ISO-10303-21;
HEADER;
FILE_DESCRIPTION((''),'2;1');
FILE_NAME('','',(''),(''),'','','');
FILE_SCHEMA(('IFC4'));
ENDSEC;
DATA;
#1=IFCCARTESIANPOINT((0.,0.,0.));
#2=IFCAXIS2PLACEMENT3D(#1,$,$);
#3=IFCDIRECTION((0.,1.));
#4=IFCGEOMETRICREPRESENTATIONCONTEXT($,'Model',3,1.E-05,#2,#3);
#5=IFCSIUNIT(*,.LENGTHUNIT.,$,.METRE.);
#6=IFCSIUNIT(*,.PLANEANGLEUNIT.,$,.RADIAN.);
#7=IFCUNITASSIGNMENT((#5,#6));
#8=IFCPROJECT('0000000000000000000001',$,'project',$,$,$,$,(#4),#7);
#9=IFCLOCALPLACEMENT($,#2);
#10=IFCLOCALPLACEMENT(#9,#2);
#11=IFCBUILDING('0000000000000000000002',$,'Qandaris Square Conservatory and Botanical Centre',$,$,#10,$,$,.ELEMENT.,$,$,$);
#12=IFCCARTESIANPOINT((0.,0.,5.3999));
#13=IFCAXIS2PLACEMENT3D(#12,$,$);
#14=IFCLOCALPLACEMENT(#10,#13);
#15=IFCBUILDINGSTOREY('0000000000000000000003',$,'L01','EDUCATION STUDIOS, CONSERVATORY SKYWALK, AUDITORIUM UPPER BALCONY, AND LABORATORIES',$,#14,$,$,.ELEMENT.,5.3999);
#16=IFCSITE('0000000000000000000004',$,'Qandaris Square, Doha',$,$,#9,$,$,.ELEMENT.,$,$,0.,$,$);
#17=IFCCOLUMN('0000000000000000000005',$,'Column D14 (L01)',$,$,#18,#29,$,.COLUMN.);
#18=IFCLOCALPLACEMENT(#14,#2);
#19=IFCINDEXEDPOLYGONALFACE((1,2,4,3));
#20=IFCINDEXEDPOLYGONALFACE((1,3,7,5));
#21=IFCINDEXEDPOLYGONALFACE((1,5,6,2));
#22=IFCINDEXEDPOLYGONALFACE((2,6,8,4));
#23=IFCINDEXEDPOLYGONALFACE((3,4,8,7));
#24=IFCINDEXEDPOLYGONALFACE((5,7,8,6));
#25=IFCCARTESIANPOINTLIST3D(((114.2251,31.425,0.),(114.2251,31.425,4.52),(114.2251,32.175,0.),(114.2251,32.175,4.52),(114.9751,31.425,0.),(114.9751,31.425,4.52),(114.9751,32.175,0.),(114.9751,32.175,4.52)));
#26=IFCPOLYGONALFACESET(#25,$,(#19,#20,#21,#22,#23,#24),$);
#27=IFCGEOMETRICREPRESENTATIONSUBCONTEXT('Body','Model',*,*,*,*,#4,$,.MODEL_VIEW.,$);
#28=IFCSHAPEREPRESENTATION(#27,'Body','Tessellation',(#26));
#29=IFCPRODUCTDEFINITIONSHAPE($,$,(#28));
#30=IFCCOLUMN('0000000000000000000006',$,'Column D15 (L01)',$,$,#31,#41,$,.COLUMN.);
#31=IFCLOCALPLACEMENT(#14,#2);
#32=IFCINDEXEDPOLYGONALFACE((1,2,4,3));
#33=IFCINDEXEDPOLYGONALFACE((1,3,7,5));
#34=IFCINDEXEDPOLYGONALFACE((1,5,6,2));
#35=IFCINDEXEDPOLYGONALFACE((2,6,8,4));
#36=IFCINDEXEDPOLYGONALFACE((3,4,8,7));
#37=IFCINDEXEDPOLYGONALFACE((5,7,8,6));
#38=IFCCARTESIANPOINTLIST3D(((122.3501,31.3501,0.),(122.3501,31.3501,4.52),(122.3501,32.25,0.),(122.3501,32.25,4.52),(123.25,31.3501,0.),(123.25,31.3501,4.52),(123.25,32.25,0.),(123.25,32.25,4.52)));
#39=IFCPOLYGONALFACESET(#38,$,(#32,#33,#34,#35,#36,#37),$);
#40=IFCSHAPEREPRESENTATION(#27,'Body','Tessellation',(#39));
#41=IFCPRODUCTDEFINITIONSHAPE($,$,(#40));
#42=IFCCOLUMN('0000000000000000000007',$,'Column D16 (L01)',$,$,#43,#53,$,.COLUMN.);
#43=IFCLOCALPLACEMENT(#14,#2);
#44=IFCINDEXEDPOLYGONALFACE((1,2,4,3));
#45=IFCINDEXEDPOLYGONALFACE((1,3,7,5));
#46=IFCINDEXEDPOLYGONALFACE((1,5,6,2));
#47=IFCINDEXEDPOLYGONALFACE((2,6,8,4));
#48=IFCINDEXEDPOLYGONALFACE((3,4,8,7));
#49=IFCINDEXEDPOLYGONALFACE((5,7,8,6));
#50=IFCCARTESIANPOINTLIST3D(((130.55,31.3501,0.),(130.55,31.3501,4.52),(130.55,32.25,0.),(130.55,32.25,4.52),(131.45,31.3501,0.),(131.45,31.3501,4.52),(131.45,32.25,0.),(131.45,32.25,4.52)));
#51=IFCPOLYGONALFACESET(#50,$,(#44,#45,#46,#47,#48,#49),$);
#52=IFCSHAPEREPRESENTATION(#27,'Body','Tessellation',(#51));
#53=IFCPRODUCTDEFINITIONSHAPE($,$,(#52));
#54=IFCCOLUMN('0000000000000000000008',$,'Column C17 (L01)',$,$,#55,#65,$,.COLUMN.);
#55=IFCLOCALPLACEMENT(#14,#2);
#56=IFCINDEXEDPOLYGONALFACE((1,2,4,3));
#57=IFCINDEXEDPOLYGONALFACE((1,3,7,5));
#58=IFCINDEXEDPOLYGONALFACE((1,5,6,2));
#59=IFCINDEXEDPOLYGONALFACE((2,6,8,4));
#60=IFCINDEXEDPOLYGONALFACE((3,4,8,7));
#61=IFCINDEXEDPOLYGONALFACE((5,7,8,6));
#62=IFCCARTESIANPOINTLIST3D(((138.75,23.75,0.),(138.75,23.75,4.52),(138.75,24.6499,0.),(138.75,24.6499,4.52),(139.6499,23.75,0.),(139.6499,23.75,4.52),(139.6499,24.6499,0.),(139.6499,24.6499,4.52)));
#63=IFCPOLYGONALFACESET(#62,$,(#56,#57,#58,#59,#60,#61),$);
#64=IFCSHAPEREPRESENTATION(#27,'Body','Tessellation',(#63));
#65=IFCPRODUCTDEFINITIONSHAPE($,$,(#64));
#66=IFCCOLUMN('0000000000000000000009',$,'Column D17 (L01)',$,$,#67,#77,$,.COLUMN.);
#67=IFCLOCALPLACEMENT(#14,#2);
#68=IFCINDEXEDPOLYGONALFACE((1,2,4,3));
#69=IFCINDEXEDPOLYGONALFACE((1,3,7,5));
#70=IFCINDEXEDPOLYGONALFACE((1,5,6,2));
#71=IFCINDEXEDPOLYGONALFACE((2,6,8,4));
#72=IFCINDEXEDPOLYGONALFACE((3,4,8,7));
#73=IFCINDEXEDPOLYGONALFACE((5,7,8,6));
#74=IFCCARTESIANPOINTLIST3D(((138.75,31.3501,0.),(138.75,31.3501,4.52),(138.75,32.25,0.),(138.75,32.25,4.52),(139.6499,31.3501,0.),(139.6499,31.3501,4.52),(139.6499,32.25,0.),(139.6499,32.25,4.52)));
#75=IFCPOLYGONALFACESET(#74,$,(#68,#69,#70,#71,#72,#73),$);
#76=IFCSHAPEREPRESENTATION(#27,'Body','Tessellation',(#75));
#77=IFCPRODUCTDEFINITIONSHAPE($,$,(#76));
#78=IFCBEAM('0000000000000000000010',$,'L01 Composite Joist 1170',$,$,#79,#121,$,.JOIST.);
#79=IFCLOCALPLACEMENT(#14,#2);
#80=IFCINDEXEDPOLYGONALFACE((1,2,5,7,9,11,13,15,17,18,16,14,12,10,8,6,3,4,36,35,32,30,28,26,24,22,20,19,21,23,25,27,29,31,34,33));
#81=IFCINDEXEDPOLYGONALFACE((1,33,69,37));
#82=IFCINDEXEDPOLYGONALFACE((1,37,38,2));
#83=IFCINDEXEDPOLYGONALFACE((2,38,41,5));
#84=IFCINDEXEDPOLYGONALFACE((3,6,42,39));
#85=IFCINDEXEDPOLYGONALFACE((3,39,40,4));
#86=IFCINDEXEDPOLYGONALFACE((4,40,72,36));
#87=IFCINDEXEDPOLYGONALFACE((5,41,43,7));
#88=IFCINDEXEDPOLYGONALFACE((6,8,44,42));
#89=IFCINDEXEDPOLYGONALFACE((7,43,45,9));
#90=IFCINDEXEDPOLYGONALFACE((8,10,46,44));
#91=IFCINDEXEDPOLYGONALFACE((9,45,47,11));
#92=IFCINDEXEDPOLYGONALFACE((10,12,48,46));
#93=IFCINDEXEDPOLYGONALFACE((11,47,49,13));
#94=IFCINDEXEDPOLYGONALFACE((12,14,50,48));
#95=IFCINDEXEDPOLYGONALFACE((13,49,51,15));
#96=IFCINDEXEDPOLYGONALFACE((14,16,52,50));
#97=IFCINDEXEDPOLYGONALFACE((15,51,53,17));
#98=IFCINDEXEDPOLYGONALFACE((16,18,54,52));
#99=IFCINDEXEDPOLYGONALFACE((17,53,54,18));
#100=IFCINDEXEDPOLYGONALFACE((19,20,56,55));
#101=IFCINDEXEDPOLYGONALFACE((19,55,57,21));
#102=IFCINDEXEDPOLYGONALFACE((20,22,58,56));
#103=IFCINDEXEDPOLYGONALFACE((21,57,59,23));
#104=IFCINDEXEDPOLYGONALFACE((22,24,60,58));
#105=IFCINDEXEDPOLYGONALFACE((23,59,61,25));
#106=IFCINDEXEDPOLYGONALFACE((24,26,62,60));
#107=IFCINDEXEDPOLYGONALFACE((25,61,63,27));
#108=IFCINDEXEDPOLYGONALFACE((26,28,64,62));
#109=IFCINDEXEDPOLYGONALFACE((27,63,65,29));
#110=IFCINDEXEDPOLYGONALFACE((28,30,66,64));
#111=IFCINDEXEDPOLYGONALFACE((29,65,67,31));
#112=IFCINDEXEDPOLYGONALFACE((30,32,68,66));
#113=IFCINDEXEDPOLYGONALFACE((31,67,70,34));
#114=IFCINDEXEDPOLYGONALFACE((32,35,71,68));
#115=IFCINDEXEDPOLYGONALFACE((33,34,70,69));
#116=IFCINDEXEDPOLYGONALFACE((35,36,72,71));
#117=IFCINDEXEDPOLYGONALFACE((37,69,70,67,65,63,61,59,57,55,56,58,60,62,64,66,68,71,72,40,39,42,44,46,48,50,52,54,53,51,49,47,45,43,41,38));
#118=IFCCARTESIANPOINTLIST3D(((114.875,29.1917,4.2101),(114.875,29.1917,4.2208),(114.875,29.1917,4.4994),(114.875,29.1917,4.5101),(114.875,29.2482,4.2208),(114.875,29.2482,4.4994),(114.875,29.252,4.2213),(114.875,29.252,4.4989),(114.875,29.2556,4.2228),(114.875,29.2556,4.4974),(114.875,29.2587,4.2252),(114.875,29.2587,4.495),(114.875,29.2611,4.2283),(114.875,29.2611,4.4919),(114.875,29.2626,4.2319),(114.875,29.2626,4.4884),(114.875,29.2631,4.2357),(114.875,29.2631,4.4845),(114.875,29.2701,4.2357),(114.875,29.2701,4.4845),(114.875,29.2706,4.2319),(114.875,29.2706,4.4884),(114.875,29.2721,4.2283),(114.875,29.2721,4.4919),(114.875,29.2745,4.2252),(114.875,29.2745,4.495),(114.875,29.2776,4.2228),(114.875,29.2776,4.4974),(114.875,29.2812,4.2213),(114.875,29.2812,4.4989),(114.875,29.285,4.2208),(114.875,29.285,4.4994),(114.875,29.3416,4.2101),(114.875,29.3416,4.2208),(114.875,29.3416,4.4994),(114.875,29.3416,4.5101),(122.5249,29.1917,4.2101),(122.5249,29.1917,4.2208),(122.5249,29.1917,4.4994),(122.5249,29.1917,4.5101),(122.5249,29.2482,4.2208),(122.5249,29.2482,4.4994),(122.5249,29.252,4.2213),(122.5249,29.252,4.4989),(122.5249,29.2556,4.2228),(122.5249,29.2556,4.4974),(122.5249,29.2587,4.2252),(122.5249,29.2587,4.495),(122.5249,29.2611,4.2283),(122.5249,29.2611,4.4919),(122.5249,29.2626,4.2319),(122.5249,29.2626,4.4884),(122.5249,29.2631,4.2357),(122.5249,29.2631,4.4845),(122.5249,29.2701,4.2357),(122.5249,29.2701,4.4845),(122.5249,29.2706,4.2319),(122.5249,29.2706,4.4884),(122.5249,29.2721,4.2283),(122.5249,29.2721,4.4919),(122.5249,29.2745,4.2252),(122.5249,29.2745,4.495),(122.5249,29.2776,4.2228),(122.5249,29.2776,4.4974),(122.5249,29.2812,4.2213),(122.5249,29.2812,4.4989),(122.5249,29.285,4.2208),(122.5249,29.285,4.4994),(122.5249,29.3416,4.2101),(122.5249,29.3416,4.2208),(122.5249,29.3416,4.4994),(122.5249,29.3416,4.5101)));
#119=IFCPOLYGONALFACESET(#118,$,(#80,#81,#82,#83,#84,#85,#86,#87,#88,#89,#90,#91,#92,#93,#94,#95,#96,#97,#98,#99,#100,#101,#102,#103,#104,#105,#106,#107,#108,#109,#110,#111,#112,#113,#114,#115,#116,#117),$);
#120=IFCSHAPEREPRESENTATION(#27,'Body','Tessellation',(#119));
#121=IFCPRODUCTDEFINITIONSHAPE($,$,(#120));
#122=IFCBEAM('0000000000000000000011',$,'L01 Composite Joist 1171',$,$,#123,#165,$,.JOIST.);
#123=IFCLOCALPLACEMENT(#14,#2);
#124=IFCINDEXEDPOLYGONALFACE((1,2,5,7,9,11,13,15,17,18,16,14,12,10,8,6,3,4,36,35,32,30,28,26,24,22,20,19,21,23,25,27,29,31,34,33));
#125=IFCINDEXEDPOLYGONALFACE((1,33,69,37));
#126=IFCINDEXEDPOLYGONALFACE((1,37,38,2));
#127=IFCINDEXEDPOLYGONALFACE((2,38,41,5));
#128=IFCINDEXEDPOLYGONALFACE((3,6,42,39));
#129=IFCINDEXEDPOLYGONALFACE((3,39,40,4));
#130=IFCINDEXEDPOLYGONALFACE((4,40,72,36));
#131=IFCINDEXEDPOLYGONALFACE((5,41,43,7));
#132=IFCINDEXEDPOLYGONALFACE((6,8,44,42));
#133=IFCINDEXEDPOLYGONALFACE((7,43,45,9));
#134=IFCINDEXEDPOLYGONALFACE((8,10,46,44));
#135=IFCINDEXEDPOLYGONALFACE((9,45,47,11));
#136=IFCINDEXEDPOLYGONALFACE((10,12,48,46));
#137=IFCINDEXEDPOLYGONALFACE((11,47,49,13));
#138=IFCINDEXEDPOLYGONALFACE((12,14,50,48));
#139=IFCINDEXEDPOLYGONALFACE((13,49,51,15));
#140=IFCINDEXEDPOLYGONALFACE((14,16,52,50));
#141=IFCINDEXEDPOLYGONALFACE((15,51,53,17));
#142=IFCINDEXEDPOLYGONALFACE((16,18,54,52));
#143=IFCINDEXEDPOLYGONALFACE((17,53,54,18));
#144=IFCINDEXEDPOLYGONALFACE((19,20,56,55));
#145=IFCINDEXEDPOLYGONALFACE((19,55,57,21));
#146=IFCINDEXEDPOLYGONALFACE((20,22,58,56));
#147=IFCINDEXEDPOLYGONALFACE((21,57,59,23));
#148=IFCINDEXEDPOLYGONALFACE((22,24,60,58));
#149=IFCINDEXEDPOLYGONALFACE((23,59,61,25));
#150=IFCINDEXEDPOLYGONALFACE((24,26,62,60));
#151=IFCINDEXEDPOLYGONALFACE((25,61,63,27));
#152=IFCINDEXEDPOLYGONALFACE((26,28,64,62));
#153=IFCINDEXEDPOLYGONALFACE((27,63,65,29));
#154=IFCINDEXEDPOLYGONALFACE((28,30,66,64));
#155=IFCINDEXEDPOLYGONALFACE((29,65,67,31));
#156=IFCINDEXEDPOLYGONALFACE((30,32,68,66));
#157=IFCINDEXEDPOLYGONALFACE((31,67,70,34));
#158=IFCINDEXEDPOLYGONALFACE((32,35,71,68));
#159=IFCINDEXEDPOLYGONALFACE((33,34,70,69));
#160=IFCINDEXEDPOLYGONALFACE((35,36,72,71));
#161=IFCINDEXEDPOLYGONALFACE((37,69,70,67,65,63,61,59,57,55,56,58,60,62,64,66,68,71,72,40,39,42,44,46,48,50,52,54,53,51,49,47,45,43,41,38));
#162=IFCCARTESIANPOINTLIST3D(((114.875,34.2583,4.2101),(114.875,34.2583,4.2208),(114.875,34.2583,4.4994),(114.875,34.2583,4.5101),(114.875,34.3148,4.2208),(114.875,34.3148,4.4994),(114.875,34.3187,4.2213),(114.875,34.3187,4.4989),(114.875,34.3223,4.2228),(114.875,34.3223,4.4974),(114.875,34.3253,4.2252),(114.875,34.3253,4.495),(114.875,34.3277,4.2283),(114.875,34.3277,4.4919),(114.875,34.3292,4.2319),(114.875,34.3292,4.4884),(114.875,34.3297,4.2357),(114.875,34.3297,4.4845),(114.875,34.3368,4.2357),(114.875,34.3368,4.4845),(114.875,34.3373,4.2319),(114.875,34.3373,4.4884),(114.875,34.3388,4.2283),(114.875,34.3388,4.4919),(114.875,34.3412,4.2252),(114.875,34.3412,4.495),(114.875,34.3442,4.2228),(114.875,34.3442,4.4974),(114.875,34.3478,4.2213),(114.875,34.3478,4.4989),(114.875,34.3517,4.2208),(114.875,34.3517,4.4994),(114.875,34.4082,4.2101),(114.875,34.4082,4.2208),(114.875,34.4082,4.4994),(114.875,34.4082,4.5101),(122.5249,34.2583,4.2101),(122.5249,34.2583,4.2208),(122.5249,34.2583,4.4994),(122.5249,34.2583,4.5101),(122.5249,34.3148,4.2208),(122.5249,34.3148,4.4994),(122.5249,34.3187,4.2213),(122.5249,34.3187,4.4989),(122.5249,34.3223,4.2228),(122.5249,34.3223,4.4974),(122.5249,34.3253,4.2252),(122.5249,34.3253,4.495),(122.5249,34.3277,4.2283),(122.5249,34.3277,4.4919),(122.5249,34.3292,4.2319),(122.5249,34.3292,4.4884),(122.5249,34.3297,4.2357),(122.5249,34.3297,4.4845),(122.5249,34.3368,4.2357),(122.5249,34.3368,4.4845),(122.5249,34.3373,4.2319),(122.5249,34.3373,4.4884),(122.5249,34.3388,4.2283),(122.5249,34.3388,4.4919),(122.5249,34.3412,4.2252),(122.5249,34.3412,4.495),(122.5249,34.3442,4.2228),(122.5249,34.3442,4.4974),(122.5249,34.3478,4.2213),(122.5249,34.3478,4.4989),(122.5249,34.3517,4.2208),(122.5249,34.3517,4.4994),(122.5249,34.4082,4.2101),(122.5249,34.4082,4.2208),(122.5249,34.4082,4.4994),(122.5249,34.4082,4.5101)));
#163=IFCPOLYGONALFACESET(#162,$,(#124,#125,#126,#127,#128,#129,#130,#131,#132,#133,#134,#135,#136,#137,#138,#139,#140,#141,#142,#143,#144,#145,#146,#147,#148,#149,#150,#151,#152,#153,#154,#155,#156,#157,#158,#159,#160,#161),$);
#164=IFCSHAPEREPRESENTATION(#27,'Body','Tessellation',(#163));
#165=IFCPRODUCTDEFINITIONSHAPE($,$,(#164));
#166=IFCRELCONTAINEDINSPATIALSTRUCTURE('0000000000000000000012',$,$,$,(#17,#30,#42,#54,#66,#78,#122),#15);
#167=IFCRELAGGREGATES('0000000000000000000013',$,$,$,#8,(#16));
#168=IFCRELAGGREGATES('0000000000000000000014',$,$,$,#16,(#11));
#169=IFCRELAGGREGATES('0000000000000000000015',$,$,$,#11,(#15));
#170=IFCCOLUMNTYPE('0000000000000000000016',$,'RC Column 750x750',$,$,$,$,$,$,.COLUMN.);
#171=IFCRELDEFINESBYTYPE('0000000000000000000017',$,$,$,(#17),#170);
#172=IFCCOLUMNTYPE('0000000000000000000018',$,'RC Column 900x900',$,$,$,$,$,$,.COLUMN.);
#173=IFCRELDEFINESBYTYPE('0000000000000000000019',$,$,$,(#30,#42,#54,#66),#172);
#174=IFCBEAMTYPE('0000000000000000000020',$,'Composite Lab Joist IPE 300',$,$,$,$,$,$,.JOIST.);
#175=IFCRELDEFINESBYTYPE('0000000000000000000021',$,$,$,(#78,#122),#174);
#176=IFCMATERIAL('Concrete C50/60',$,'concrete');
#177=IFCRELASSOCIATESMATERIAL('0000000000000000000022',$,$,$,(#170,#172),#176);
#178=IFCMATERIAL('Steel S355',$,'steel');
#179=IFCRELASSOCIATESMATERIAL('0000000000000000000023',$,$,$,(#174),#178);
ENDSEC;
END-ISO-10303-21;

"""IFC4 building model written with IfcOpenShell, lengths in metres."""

from ifc_helpers import new_model, si_unit, direction, frame, origin, origin_2d, place, context, subcontext, project, spatial, rectangle, i_section, extrude, material, material_profile, profile_set, type_object, element, save


model = new_model("IFC4")

# Units and contexts
model_context = context("Model", 3, precision=1e-05, world=origin(), true_north=direction((0.0, 1.0)))
body_context = subcontext(model_context, "Body", "Model", "MODEL_VIEW")
ifc_project = project(units=[si_unit("LENGTHUNIT", "METRE"), si_unit("PLANEANGLEUNIT", "RADIAN")], contexts=[model_context])

# Site, building, storey
site_placement = place(None, origin())
site = spatial("IfcSite", under=ifc_project, at=site_placement, Name="Qandaris Square, Doha", CompositionType="ELEMENT", RefElevation=0.0)
building_placement = place(site_placement, origin())
building = spatial("IfcBuilding", under=site, at=building_placement, Name="Qandaris Square Conservatory and Botanical Centre", CompositionType="ELEMENT")
storey_placement = place(building_placement, frame((0.0, 0.0, 5.3999)))
storey = spatial("IfcBuildingStorey", under=building, at=storey_placement, Name="L01", Description="EDUCATION STUDIOS, CONSERVATORY SKYWALK, AUDITORIUM UPPER BALCONY, AND LABORATORIES", CompositionType="ELEMENT", Elevation=5.3999)

# Columns
ifc_material_1 = material(Name="Concrete C50/60", Category="concrete")
ifc_material_profile_1 = material_profile(ifc_material_1, rectangle(XDim=0.75, YDim=0.75, at=origin_2d()), Name="RC-COL 750x750")
ifc_profile_set_1 = profile_set([ifc_material_profile_1], Name="Concrete C50/60")
column_type_1 = type_object("IfcColumnType", Name="RC Column 750x750", PredefinedType="COLUMN", material=ifc_profile_set_1)
column_placement = place(storey_placement, frame((114.6001, 31.8, 0.0), z_axis=(0.0, 0.0, 1.0), x_axis=(1.0, 0.0, 0.0)))
element("IfcColumn", 1, at=column_placement, inside=storey, type_object=column_type_1, Name="Column D14 (L01)", PredefinedType="COLUMN", context=body_context, shape_type="SweptSolid", body=[
    extrude(rectangle(XDim=0.75, YDim=0.75, at=origin_2d()), origin(), (0.0, 0.0, 1.0), 4.52),
])
ifc_material_profile_2 = material_profile(ifc_material_1, rectangle(XDim=0.8999, YDim=0.8999, at=origin_2d()), Name="RC-COL 900x900")
ifc_profile_set_2 = profile_set([ifc_material_profile_2], Name="Concrete C50/60")
column_type_2 = type_object("IfcColumnType", Name="RC Column 900x900", PredefinedType="COLUMN", material=ifc_profile_set_2)
for number, where, z_axis, x_axis, name in (
    (2, (122.8, 31.8, 0.0), (0.0, 0.0, 1.0), (1.0, 0.0, 0.0), "Column D15 (L01)"),
    (3, (131.0, 31.8, 0.0), (0.0, 0.0, 1.0), (1.0, 0.0, 0.0), "Column D16 (L01)"),
    (4, (139.2, 24.2, 0.0), (0.0, 0.0, 1.0), (1.0, 0.0, 0.0), "Column C17 (L01)"),
    (5, (139.2, 31.8, 0.0), (0.0, 0.0, 1.0), (1.0, 0.0, 0.0), "Column D17 (L01)"),
):
    element("IfcColumn", number, at=place(storey_placement, frame(where, z_axis=z_axis, x_axis=x_axis)), inside=storey, type_object=column_type_2, Name=name, PredefinedType="COLUMN", context=body_context, shape_type="SweptSolid", body=[
        extrude(rectangle(XDim=0.8999, YDim=0.8999, at=origin_2d()), origin(), (0.0, 0.0, 1.0), 4.52),
    ])

# Beams
ifc_material_2 = material(Name="Steel S355", Category="steel")
ifc_material_profile_3 = material_profile(ifc_material_2, i_section(OverallWidth=0.1499, OverallDepth=0.3, WebThickness=0.0071, FlangeThickness=0.0107, FilletRadius=0.0149, at=origin_2d()), Name="IPE 300")
ifc_profile_set_3 = profile_set([ifc_material_profile_3], Name="Steel S355")
beam_type_1 = type_object("IfcBeamType", Name="Composite Lab Joist IPE 300", PredefinedType="JOIST", material=ifc_profile_set_3)
for number, where, z_axis, x_axis, name in (
    (6, (114.875, 29.2666, 4.3601), (1.0, 0.0, 0.0), (0.0, 1.0, 0.0), "L01 Composite Joist 1170"),
    (7, (114.875, 34.3333, 4.3601), (1.0, 0.0, 0.0), (0.0, 1.0, 0.0), "L01 Composite Joist 1171"),
):
    element("IfcBeam", number, at=place(storey_placement, frame(where, z_axis=z_axis, x_axis=x_axis)), inside=storey, type_object=beam_type_1, Name=name, PredefinedType="JOIST", context=body_context, shape_type="SweptSolid", body=[
        extrude(i_section(OverallWidth=0.1499, OverallDepth=0.3, WebThickness=0.0071, FlangeThickness=0.0107, FilletRadius=0.0149, at=origin_2d()), origin(), (0.0, 0.0, 1.0), 7.6499),
    ])

save(model, "model.ifc")
